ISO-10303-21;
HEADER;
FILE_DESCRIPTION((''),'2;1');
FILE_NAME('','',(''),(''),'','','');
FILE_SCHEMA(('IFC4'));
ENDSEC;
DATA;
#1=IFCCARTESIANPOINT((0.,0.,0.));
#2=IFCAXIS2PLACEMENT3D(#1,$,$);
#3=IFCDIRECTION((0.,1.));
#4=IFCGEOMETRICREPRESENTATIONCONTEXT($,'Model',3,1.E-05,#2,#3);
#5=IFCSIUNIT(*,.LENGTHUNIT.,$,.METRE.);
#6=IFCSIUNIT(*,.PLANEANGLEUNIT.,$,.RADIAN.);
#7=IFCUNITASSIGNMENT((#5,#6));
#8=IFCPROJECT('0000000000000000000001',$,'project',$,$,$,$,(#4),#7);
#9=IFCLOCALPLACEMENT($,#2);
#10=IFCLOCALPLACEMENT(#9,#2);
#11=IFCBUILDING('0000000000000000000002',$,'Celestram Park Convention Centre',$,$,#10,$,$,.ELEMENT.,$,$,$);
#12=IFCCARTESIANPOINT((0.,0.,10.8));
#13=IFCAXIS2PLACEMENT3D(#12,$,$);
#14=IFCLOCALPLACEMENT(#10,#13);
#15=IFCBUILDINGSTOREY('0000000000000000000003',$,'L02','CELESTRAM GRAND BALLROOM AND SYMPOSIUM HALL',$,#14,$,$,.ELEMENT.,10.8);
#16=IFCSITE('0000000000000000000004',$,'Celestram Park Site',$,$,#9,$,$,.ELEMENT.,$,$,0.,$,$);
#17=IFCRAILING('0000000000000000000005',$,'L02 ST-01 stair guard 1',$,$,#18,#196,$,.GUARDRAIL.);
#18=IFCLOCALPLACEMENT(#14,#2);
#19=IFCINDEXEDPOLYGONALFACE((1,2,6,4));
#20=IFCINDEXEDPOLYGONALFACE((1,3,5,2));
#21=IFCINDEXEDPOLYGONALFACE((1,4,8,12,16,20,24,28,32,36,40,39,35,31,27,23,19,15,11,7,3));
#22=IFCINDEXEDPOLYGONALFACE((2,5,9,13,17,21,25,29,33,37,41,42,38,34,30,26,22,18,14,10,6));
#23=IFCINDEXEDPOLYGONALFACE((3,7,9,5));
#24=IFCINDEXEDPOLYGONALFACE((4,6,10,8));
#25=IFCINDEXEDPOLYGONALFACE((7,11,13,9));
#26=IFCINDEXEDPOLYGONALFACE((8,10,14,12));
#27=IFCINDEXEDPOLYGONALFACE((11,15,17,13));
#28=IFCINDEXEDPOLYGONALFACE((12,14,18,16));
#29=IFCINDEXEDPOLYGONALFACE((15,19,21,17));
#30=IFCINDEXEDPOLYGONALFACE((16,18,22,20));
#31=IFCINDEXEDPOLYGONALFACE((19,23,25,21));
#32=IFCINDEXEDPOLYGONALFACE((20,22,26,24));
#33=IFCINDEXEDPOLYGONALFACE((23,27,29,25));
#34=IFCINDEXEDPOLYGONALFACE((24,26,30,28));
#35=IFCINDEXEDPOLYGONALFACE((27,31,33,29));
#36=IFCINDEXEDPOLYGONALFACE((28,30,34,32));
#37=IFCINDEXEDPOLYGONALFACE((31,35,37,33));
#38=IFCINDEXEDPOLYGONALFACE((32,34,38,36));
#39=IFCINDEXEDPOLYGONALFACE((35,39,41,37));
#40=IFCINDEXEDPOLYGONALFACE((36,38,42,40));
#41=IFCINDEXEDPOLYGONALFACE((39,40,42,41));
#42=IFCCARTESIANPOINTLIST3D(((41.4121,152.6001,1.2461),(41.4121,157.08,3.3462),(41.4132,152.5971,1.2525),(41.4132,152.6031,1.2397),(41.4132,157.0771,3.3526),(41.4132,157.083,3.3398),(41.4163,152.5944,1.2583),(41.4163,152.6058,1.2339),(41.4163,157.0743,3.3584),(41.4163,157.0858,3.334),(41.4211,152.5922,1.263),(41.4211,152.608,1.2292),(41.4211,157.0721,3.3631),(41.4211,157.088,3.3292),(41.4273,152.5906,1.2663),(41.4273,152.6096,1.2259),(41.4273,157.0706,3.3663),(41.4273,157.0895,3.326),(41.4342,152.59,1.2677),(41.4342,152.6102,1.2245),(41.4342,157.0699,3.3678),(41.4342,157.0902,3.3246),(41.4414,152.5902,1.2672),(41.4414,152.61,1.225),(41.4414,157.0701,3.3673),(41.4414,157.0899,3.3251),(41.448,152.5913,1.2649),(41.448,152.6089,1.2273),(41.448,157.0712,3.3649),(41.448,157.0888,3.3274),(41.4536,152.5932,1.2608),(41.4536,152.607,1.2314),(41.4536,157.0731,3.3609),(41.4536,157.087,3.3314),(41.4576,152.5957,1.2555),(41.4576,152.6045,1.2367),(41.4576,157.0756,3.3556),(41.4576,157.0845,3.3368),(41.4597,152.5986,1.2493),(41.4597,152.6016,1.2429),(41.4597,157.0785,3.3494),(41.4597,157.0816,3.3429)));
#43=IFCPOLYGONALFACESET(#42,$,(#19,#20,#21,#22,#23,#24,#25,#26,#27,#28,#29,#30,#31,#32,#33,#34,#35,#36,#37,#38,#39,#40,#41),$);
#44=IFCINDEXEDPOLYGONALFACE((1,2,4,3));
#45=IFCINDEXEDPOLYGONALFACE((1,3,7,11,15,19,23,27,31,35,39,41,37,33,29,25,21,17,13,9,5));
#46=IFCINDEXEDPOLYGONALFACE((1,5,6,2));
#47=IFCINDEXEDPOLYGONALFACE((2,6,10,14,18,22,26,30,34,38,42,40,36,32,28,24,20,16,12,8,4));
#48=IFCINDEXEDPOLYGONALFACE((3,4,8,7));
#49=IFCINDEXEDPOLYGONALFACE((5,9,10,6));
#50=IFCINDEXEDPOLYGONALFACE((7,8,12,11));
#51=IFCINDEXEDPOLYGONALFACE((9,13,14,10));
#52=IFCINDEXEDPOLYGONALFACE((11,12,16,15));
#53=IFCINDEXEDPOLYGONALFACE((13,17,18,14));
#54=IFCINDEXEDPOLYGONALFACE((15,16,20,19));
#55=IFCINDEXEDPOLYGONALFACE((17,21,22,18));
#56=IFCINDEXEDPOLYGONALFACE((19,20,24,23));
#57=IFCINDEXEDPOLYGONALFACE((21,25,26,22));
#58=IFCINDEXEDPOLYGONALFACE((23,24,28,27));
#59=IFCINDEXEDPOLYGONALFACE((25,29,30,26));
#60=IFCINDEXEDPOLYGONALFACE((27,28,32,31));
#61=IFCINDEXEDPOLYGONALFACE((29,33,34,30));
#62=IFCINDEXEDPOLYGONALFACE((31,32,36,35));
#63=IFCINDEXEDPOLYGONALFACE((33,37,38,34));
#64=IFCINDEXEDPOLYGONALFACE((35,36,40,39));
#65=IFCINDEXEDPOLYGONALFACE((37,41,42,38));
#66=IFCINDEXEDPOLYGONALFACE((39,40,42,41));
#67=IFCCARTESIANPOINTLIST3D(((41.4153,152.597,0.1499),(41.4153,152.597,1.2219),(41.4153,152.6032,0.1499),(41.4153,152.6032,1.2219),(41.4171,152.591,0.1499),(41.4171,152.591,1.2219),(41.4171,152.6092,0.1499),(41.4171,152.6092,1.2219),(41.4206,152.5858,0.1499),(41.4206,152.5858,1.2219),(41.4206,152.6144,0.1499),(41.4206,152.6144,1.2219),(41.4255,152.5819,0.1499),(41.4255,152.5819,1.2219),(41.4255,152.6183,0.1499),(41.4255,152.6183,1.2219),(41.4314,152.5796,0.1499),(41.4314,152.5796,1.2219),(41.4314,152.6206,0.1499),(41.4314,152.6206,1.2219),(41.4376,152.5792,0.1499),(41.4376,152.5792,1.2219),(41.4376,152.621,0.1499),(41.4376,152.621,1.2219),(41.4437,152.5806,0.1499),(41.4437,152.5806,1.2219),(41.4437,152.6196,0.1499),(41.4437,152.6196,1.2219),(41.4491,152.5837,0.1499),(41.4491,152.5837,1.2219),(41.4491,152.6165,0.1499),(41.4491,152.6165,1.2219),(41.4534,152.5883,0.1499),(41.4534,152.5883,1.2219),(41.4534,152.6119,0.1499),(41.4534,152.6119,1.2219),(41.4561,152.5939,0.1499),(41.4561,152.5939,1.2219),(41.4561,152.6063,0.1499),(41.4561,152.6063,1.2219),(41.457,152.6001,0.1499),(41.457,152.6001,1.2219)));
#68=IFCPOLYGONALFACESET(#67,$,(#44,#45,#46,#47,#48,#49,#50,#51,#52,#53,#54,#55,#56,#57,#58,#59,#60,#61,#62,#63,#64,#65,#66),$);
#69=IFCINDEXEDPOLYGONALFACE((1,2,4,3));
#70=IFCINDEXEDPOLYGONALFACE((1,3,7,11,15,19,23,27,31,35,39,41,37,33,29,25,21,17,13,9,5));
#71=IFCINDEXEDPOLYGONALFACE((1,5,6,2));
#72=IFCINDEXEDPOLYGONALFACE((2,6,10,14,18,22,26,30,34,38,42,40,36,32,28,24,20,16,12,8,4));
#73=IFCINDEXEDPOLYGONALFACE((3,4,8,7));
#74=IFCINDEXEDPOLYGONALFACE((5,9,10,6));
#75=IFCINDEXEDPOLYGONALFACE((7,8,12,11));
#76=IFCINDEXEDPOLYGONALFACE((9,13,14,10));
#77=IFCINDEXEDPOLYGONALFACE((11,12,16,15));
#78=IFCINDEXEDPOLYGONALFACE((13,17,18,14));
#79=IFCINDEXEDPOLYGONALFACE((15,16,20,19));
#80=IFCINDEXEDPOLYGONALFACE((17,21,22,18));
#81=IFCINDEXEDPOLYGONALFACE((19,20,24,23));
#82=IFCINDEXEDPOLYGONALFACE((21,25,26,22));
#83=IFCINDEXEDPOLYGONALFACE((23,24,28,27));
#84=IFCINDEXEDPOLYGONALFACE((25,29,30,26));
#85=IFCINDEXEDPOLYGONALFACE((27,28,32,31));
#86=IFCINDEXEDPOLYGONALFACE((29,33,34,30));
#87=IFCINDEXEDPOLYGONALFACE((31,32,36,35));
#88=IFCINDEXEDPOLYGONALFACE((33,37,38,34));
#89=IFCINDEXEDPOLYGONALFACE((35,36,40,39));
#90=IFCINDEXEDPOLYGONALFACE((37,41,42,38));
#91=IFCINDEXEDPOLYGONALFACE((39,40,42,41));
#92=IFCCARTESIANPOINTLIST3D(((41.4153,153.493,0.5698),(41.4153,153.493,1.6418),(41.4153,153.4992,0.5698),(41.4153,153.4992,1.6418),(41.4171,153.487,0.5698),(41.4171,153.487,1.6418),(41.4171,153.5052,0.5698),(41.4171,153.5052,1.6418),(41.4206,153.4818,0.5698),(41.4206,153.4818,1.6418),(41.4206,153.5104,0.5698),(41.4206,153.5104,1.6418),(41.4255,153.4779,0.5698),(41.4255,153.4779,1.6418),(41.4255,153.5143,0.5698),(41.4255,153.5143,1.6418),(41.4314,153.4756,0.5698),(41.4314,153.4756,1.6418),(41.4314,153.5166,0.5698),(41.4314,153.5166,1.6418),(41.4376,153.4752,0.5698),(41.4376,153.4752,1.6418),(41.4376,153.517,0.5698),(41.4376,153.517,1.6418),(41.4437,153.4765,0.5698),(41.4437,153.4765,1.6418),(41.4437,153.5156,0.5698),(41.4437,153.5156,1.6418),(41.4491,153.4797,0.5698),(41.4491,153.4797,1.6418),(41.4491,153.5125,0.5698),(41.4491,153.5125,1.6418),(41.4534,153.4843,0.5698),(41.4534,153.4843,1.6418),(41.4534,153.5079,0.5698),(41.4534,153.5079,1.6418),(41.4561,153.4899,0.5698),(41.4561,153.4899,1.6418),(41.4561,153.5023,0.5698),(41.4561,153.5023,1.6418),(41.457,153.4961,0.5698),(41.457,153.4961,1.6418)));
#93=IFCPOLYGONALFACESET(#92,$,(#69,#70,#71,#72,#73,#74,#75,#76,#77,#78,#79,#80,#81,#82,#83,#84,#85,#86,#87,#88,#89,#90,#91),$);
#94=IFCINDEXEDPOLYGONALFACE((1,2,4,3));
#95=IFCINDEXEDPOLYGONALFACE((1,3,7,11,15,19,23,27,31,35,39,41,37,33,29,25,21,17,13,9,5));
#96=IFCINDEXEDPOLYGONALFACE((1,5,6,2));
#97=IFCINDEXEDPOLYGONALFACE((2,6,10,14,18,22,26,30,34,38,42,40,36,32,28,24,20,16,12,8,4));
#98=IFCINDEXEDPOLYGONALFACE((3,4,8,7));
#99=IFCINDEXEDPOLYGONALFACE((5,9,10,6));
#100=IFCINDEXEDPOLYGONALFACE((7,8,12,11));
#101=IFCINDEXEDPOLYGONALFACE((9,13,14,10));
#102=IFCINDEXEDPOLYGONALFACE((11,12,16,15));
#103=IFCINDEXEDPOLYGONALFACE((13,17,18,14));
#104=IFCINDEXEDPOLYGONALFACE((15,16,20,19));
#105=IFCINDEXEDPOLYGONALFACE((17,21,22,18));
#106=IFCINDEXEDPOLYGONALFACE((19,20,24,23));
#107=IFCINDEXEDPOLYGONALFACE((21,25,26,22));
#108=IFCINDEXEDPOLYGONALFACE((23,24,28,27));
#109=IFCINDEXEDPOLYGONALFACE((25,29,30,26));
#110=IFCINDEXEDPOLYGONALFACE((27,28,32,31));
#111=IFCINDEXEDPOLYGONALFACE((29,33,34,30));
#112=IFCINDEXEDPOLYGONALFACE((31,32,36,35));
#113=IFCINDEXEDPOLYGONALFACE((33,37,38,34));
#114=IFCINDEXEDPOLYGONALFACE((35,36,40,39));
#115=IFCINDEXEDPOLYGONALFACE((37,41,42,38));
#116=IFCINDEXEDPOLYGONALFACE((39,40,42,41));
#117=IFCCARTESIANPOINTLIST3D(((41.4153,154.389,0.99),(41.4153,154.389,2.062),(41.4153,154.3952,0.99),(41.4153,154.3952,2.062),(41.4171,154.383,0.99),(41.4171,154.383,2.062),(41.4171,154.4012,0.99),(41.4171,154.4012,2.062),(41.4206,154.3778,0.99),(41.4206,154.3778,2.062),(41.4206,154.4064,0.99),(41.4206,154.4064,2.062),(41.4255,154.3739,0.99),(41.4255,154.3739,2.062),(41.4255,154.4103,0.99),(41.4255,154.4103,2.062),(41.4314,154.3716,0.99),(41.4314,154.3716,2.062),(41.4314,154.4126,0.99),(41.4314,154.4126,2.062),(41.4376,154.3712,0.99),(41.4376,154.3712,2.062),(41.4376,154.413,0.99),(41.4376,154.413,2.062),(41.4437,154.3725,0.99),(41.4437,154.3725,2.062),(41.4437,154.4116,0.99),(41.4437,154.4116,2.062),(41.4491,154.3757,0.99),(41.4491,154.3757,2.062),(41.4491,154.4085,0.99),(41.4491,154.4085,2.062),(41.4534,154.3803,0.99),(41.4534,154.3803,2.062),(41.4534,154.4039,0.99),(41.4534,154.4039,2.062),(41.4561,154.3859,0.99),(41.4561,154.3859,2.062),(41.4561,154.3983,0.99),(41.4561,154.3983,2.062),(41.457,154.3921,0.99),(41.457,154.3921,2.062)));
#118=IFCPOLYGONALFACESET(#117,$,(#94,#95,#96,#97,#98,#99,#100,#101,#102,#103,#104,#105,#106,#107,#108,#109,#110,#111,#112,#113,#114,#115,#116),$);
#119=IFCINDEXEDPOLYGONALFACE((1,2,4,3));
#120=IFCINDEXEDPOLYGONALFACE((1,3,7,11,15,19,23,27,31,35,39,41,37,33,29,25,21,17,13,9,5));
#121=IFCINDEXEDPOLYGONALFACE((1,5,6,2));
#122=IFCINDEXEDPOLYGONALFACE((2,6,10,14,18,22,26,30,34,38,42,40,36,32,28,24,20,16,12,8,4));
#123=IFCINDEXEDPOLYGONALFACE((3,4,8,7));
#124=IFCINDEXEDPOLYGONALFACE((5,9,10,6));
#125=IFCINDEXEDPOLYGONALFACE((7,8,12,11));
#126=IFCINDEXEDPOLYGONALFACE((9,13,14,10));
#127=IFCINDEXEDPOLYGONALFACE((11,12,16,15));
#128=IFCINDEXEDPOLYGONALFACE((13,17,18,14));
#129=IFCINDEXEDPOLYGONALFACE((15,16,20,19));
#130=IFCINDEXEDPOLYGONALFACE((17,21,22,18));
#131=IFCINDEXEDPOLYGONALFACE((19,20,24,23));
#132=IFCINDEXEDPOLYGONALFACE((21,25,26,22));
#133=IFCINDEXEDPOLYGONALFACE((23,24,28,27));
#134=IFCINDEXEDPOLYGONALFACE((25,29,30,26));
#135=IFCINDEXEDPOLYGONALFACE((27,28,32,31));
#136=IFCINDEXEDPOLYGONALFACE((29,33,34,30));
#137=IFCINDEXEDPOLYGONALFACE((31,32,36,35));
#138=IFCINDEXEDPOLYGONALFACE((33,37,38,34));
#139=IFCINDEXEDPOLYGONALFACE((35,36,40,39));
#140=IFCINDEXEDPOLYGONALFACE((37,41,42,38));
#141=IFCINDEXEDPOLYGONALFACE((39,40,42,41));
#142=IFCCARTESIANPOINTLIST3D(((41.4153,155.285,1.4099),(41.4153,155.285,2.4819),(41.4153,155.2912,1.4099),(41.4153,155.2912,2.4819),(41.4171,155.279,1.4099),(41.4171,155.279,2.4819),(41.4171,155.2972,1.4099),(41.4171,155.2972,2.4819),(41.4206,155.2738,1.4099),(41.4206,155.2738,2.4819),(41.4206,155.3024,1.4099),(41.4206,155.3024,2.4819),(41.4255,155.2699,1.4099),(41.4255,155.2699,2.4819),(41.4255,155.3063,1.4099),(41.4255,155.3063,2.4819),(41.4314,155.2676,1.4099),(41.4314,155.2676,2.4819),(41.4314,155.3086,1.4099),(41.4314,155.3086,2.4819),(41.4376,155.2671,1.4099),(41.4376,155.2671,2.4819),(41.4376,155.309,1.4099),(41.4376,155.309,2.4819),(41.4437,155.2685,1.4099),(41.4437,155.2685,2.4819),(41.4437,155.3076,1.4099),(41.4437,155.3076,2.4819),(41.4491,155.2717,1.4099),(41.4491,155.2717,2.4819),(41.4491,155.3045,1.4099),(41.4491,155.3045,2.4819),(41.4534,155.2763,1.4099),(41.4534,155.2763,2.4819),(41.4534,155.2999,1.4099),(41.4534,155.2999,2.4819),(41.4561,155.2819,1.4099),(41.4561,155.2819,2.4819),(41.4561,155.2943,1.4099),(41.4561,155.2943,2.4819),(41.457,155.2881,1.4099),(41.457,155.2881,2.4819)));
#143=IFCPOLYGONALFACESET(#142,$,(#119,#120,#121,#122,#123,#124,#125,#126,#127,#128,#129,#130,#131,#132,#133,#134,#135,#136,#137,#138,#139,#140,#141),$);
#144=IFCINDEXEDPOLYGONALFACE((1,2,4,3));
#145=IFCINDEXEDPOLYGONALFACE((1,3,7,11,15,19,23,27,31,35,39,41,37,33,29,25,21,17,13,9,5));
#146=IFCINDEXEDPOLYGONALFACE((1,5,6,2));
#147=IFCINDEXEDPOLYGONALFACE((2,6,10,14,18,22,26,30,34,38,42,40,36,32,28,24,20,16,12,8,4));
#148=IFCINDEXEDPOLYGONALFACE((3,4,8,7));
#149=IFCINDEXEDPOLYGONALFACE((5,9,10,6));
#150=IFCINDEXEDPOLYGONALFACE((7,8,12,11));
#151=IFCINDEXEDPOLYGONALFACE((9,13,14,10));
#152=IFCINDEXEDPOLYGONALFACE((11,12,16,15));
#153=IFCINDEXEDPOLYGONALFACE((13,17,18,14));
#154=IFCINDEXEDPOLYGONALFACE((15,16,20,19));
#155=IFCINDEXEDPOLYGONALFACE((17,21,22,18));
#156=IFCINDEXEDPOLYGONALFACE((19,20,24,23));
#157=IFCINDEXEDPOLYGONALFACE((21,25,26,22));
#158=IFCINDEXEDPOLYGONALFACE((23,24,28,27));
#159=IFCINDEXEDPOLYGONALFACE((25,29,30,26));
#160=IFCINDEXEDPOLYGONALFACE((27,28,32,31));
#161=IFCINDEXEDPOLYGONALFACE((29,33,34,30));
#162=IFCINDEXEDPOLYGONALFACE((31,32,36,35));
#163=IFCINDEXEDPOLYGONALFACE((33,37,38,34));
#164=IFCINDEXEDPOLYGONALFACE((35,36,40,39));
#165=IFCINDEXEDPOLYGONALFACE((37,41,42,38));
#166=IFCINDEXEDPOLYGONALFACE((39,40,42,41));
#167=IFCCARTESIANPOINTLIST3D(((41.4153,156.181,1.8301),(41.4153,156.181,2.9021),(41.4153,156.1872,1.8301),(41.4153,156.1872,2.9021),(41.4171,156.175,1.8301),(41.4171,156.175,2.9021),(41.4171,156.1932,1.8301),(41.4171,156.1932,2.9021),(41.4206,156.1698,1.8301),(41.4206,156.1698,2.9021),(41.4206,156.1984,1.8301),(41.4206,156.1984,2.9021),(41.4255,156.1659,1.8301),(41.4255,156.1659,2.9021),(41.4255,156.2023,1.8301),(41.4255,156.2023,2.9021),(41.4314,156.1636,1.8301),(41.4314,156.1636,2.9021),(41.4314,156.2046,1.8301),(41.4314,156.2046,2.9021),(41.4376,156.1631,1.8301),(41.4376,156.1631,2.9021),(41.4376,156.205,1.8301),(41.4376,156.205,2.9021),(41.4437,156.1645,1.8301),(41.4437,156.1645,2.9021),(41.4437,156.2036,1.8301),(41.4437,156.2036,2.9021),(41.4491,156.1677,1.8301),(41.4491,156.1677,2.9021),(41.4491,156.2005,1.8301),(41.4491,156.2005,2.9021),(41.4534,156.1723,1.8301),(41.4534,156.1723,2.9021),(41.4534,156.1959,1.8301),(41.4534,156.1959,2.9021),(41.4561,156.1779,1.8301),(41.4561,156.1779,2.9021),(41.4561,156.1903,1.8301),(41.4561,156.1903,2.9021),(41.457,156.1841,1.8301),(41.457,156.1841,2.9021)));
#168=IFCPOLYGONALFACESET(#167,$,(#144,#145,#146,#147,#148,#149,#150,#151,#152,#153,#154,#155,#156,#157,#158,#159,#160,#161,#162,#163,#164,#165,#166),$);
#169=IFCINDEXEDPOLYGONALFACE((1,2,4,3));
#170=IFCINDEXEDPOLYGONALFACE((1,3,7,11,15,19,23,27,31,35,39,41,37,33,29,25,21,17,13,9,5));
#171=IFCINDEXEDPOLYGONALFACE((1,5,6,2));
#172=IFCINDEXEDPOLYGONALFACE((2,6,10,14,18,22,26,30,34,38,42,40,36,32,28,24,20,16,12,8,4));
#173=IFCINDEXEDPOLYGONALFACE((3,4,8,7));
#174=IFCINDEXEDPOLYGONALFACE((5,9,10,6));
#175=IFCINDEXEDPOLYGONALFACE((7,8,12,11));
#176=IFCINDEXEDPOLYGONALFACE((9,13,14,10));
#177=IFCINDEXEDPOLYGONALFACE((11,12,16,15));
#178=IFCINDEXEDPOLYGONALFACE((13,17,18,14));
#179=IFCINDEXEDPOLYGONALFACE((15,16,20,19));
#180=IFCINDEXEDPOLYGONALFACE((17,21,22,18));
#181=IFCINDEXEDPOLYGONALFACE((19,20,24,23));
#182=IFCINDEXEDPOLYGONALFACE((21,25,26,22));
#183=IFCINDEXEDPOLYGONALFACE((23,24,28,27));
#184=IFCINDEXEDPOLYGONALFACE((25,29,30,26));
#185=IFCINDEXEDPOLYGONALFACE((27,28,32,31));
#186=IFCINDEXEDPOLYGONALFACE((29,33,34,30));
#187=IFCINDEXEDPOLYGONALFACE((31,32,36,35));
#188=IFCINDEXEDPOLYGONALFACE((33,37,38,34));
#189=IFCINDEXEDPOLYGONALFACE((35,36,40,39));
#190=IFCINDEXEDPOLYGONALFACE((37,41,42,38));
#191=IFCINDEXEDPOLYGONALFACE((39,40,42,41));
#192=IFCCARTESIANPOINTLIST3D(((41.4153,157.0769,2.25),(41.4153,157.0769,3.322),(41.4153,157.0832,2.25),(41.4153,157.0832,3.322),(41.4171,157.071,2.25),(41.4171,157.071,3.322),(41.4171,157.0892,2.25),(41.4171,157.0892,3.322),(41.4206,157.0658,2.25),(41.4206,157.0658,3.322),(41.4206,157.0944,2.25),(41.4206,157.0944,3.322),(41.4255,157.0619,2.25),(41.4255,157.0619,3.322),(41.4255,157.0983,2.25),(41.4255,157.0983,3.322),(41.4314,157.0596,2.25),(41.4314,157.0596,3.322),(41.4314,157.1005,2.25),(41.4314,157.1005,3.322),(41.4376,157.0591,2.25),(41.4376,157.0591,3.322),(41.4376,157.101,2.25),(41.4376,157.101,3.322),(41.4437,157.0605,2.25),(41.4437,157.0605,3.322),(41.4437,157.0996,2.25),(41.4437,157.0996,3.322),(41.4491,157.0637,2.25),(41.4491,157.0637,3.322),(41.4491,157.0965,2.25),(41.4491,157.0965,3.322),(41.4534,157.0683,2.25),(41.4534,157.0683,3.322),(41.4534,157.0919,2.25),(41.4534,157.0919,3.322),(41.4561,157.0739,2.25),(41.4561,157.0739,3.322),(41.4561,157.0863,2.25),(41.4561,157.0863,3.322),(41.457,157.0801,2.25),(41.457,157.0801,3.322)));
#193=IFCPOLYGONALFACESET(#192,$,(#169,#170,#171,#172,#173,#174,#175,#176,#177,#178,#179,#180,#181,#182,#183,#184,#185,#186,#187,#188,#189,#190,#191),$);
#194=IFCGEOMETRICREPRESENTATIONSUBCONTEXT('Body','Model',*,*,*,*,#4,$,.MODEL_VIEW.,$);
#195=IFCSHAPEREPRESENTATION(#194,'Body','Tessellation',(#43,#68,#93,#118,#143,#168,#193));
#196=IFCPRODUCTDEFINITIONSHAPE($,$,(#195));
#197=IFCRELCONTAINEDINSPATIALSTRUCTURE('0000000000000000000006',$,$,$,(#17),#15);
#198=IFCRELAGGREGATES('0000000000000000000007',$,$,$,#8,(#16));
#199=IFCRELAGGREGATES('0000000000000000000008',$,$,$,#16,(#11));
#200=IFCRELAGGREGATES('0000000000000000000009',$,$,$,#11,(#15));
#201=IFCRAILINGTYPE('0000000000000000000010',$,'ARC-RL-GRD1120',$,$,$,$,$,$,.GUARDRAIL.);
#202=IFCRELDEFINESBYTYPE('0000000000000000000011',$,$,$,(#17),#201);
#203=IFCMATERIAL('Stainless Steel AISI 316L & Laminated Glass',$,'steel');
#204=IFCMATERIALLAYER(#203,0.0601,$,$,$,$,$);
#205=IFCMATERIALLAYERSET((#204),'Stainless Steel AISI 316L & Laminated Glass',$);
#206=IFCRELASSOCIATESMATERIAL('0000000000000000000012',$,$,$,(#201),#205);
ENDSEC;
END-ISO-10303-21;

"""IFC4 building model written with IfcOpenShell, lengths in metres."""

from ifc_helpers import new_model, si_unit, direction, frame, origin, origin_2d, place, context, subcontext, project, spatial, circle, extrude, material, layer, layer_set, type_object, element, save


model = new_model("IFC4")

# Units and contexts
model_context = context("Model", 3, precision=1e-05, world=origin(), true_north=direction((0.0, 1.0)))
body_context = subcontext(model_context, "Body", "Model", "MODEL_VIEW")
ifc_project = project(units=[si_unit("LENGTHUNIT", "METRE"), si_unit("PLANEANGLEUNIT", "RADIAN")], contexts=[model_context])

# Site, building, storey
site_placement = place(None, origin())
site = spatial("IfcSite", under=ifc_project, at=site_placement, Name="Celestram Park Site", CompositionType="ELEMENT", RefElevation=0.0)
building_placement = place(site_placement, origin())
building = spatial("IfcBuilding", under=site, at=building_placement, Name="Celestram Park Convention Centre", CompositionType="ELEMENT")
storey_placement = place(building_placement, frame((0.0, 0.0, 10.8)))
storey = spatial("IfcBuildingStorey", under=building, at=storey_placement, Name="L02", Description="CELESTRAM GRAND BALLROOM AND SYMPOSIUM HALL", CompositionType="ELEMENT", Elevation=10.8)

# Railing
ifc_material_1 = material(Name="Stainless Steel AISI 316L & Laminated Glass", Category="steel")
ifc_layer_1 = layer(ifc_material_1, 0.0601)
ifc_layer_set_1 = layer_set([ifc_layer_1], Name="Stainless Steel AISI 316L & Laminated Glass")
railing_type_1 = type_object("IfcRailingType", Name="ARC-RL-GRD1120", PredefinedType="GUARDRAIL", material=ifc_layer_set_1)
railing_1_placement = place(storey_placement, frame((41.436, 152.6001, 0.1499)))
element("IfcRailing", 1, at=railing_1_placement, inside=storey, type_object=railing_type_1, Name="L02 ST-01 stair guard 1", PredefinedType="GUARDRAIL", context=body_context, shape_type="SweptSolid", body=[
    extrude(circle(Radius=0.0239, at=origin_2d()), frame((0.0, 0.0, 1.0962), z_axis=(0.0, 0.905451, 0.424452), x_axis=(-1.0, 0.0, 0.0)), (0.0, 0.0, 1.0), 4.9478),
    extrude(circle(Radius=0.021, at=origin_2d()), origin(), (0.0, 0.0, 1.0), 1.072),
    extrude(circle(Radius=0.021, at=origin_2d()), frame((0.0, 0.896, 0.4199)), (0.0, 0.0, 1.0), 1.072),
    extrude(circle(Radius=0.021, at=origin_2d()), frame((0.0, 1.792, 0.8401)), (0.0, 0.0, 1.0), 1.072),
    extrude(circle(Radius=0.021, at=origin_2d()), frame((0.0, 2.688, 1.26)), (0.0, 0.0, 1.0), 1.072),
    extrude(circle(Radius=0.021, at=origin_2d()), frame((0.0, 3.584, 1.6802)), (0.0, 0.0, 1.0), 1.072),
    extrude(circle(Radius=0.021, at=origin_2d()), frame((0.0, 4.48, 2.1001)), (0.0, 0.0, 1.0), 1.072),
])

save(model, "model.ifc")
